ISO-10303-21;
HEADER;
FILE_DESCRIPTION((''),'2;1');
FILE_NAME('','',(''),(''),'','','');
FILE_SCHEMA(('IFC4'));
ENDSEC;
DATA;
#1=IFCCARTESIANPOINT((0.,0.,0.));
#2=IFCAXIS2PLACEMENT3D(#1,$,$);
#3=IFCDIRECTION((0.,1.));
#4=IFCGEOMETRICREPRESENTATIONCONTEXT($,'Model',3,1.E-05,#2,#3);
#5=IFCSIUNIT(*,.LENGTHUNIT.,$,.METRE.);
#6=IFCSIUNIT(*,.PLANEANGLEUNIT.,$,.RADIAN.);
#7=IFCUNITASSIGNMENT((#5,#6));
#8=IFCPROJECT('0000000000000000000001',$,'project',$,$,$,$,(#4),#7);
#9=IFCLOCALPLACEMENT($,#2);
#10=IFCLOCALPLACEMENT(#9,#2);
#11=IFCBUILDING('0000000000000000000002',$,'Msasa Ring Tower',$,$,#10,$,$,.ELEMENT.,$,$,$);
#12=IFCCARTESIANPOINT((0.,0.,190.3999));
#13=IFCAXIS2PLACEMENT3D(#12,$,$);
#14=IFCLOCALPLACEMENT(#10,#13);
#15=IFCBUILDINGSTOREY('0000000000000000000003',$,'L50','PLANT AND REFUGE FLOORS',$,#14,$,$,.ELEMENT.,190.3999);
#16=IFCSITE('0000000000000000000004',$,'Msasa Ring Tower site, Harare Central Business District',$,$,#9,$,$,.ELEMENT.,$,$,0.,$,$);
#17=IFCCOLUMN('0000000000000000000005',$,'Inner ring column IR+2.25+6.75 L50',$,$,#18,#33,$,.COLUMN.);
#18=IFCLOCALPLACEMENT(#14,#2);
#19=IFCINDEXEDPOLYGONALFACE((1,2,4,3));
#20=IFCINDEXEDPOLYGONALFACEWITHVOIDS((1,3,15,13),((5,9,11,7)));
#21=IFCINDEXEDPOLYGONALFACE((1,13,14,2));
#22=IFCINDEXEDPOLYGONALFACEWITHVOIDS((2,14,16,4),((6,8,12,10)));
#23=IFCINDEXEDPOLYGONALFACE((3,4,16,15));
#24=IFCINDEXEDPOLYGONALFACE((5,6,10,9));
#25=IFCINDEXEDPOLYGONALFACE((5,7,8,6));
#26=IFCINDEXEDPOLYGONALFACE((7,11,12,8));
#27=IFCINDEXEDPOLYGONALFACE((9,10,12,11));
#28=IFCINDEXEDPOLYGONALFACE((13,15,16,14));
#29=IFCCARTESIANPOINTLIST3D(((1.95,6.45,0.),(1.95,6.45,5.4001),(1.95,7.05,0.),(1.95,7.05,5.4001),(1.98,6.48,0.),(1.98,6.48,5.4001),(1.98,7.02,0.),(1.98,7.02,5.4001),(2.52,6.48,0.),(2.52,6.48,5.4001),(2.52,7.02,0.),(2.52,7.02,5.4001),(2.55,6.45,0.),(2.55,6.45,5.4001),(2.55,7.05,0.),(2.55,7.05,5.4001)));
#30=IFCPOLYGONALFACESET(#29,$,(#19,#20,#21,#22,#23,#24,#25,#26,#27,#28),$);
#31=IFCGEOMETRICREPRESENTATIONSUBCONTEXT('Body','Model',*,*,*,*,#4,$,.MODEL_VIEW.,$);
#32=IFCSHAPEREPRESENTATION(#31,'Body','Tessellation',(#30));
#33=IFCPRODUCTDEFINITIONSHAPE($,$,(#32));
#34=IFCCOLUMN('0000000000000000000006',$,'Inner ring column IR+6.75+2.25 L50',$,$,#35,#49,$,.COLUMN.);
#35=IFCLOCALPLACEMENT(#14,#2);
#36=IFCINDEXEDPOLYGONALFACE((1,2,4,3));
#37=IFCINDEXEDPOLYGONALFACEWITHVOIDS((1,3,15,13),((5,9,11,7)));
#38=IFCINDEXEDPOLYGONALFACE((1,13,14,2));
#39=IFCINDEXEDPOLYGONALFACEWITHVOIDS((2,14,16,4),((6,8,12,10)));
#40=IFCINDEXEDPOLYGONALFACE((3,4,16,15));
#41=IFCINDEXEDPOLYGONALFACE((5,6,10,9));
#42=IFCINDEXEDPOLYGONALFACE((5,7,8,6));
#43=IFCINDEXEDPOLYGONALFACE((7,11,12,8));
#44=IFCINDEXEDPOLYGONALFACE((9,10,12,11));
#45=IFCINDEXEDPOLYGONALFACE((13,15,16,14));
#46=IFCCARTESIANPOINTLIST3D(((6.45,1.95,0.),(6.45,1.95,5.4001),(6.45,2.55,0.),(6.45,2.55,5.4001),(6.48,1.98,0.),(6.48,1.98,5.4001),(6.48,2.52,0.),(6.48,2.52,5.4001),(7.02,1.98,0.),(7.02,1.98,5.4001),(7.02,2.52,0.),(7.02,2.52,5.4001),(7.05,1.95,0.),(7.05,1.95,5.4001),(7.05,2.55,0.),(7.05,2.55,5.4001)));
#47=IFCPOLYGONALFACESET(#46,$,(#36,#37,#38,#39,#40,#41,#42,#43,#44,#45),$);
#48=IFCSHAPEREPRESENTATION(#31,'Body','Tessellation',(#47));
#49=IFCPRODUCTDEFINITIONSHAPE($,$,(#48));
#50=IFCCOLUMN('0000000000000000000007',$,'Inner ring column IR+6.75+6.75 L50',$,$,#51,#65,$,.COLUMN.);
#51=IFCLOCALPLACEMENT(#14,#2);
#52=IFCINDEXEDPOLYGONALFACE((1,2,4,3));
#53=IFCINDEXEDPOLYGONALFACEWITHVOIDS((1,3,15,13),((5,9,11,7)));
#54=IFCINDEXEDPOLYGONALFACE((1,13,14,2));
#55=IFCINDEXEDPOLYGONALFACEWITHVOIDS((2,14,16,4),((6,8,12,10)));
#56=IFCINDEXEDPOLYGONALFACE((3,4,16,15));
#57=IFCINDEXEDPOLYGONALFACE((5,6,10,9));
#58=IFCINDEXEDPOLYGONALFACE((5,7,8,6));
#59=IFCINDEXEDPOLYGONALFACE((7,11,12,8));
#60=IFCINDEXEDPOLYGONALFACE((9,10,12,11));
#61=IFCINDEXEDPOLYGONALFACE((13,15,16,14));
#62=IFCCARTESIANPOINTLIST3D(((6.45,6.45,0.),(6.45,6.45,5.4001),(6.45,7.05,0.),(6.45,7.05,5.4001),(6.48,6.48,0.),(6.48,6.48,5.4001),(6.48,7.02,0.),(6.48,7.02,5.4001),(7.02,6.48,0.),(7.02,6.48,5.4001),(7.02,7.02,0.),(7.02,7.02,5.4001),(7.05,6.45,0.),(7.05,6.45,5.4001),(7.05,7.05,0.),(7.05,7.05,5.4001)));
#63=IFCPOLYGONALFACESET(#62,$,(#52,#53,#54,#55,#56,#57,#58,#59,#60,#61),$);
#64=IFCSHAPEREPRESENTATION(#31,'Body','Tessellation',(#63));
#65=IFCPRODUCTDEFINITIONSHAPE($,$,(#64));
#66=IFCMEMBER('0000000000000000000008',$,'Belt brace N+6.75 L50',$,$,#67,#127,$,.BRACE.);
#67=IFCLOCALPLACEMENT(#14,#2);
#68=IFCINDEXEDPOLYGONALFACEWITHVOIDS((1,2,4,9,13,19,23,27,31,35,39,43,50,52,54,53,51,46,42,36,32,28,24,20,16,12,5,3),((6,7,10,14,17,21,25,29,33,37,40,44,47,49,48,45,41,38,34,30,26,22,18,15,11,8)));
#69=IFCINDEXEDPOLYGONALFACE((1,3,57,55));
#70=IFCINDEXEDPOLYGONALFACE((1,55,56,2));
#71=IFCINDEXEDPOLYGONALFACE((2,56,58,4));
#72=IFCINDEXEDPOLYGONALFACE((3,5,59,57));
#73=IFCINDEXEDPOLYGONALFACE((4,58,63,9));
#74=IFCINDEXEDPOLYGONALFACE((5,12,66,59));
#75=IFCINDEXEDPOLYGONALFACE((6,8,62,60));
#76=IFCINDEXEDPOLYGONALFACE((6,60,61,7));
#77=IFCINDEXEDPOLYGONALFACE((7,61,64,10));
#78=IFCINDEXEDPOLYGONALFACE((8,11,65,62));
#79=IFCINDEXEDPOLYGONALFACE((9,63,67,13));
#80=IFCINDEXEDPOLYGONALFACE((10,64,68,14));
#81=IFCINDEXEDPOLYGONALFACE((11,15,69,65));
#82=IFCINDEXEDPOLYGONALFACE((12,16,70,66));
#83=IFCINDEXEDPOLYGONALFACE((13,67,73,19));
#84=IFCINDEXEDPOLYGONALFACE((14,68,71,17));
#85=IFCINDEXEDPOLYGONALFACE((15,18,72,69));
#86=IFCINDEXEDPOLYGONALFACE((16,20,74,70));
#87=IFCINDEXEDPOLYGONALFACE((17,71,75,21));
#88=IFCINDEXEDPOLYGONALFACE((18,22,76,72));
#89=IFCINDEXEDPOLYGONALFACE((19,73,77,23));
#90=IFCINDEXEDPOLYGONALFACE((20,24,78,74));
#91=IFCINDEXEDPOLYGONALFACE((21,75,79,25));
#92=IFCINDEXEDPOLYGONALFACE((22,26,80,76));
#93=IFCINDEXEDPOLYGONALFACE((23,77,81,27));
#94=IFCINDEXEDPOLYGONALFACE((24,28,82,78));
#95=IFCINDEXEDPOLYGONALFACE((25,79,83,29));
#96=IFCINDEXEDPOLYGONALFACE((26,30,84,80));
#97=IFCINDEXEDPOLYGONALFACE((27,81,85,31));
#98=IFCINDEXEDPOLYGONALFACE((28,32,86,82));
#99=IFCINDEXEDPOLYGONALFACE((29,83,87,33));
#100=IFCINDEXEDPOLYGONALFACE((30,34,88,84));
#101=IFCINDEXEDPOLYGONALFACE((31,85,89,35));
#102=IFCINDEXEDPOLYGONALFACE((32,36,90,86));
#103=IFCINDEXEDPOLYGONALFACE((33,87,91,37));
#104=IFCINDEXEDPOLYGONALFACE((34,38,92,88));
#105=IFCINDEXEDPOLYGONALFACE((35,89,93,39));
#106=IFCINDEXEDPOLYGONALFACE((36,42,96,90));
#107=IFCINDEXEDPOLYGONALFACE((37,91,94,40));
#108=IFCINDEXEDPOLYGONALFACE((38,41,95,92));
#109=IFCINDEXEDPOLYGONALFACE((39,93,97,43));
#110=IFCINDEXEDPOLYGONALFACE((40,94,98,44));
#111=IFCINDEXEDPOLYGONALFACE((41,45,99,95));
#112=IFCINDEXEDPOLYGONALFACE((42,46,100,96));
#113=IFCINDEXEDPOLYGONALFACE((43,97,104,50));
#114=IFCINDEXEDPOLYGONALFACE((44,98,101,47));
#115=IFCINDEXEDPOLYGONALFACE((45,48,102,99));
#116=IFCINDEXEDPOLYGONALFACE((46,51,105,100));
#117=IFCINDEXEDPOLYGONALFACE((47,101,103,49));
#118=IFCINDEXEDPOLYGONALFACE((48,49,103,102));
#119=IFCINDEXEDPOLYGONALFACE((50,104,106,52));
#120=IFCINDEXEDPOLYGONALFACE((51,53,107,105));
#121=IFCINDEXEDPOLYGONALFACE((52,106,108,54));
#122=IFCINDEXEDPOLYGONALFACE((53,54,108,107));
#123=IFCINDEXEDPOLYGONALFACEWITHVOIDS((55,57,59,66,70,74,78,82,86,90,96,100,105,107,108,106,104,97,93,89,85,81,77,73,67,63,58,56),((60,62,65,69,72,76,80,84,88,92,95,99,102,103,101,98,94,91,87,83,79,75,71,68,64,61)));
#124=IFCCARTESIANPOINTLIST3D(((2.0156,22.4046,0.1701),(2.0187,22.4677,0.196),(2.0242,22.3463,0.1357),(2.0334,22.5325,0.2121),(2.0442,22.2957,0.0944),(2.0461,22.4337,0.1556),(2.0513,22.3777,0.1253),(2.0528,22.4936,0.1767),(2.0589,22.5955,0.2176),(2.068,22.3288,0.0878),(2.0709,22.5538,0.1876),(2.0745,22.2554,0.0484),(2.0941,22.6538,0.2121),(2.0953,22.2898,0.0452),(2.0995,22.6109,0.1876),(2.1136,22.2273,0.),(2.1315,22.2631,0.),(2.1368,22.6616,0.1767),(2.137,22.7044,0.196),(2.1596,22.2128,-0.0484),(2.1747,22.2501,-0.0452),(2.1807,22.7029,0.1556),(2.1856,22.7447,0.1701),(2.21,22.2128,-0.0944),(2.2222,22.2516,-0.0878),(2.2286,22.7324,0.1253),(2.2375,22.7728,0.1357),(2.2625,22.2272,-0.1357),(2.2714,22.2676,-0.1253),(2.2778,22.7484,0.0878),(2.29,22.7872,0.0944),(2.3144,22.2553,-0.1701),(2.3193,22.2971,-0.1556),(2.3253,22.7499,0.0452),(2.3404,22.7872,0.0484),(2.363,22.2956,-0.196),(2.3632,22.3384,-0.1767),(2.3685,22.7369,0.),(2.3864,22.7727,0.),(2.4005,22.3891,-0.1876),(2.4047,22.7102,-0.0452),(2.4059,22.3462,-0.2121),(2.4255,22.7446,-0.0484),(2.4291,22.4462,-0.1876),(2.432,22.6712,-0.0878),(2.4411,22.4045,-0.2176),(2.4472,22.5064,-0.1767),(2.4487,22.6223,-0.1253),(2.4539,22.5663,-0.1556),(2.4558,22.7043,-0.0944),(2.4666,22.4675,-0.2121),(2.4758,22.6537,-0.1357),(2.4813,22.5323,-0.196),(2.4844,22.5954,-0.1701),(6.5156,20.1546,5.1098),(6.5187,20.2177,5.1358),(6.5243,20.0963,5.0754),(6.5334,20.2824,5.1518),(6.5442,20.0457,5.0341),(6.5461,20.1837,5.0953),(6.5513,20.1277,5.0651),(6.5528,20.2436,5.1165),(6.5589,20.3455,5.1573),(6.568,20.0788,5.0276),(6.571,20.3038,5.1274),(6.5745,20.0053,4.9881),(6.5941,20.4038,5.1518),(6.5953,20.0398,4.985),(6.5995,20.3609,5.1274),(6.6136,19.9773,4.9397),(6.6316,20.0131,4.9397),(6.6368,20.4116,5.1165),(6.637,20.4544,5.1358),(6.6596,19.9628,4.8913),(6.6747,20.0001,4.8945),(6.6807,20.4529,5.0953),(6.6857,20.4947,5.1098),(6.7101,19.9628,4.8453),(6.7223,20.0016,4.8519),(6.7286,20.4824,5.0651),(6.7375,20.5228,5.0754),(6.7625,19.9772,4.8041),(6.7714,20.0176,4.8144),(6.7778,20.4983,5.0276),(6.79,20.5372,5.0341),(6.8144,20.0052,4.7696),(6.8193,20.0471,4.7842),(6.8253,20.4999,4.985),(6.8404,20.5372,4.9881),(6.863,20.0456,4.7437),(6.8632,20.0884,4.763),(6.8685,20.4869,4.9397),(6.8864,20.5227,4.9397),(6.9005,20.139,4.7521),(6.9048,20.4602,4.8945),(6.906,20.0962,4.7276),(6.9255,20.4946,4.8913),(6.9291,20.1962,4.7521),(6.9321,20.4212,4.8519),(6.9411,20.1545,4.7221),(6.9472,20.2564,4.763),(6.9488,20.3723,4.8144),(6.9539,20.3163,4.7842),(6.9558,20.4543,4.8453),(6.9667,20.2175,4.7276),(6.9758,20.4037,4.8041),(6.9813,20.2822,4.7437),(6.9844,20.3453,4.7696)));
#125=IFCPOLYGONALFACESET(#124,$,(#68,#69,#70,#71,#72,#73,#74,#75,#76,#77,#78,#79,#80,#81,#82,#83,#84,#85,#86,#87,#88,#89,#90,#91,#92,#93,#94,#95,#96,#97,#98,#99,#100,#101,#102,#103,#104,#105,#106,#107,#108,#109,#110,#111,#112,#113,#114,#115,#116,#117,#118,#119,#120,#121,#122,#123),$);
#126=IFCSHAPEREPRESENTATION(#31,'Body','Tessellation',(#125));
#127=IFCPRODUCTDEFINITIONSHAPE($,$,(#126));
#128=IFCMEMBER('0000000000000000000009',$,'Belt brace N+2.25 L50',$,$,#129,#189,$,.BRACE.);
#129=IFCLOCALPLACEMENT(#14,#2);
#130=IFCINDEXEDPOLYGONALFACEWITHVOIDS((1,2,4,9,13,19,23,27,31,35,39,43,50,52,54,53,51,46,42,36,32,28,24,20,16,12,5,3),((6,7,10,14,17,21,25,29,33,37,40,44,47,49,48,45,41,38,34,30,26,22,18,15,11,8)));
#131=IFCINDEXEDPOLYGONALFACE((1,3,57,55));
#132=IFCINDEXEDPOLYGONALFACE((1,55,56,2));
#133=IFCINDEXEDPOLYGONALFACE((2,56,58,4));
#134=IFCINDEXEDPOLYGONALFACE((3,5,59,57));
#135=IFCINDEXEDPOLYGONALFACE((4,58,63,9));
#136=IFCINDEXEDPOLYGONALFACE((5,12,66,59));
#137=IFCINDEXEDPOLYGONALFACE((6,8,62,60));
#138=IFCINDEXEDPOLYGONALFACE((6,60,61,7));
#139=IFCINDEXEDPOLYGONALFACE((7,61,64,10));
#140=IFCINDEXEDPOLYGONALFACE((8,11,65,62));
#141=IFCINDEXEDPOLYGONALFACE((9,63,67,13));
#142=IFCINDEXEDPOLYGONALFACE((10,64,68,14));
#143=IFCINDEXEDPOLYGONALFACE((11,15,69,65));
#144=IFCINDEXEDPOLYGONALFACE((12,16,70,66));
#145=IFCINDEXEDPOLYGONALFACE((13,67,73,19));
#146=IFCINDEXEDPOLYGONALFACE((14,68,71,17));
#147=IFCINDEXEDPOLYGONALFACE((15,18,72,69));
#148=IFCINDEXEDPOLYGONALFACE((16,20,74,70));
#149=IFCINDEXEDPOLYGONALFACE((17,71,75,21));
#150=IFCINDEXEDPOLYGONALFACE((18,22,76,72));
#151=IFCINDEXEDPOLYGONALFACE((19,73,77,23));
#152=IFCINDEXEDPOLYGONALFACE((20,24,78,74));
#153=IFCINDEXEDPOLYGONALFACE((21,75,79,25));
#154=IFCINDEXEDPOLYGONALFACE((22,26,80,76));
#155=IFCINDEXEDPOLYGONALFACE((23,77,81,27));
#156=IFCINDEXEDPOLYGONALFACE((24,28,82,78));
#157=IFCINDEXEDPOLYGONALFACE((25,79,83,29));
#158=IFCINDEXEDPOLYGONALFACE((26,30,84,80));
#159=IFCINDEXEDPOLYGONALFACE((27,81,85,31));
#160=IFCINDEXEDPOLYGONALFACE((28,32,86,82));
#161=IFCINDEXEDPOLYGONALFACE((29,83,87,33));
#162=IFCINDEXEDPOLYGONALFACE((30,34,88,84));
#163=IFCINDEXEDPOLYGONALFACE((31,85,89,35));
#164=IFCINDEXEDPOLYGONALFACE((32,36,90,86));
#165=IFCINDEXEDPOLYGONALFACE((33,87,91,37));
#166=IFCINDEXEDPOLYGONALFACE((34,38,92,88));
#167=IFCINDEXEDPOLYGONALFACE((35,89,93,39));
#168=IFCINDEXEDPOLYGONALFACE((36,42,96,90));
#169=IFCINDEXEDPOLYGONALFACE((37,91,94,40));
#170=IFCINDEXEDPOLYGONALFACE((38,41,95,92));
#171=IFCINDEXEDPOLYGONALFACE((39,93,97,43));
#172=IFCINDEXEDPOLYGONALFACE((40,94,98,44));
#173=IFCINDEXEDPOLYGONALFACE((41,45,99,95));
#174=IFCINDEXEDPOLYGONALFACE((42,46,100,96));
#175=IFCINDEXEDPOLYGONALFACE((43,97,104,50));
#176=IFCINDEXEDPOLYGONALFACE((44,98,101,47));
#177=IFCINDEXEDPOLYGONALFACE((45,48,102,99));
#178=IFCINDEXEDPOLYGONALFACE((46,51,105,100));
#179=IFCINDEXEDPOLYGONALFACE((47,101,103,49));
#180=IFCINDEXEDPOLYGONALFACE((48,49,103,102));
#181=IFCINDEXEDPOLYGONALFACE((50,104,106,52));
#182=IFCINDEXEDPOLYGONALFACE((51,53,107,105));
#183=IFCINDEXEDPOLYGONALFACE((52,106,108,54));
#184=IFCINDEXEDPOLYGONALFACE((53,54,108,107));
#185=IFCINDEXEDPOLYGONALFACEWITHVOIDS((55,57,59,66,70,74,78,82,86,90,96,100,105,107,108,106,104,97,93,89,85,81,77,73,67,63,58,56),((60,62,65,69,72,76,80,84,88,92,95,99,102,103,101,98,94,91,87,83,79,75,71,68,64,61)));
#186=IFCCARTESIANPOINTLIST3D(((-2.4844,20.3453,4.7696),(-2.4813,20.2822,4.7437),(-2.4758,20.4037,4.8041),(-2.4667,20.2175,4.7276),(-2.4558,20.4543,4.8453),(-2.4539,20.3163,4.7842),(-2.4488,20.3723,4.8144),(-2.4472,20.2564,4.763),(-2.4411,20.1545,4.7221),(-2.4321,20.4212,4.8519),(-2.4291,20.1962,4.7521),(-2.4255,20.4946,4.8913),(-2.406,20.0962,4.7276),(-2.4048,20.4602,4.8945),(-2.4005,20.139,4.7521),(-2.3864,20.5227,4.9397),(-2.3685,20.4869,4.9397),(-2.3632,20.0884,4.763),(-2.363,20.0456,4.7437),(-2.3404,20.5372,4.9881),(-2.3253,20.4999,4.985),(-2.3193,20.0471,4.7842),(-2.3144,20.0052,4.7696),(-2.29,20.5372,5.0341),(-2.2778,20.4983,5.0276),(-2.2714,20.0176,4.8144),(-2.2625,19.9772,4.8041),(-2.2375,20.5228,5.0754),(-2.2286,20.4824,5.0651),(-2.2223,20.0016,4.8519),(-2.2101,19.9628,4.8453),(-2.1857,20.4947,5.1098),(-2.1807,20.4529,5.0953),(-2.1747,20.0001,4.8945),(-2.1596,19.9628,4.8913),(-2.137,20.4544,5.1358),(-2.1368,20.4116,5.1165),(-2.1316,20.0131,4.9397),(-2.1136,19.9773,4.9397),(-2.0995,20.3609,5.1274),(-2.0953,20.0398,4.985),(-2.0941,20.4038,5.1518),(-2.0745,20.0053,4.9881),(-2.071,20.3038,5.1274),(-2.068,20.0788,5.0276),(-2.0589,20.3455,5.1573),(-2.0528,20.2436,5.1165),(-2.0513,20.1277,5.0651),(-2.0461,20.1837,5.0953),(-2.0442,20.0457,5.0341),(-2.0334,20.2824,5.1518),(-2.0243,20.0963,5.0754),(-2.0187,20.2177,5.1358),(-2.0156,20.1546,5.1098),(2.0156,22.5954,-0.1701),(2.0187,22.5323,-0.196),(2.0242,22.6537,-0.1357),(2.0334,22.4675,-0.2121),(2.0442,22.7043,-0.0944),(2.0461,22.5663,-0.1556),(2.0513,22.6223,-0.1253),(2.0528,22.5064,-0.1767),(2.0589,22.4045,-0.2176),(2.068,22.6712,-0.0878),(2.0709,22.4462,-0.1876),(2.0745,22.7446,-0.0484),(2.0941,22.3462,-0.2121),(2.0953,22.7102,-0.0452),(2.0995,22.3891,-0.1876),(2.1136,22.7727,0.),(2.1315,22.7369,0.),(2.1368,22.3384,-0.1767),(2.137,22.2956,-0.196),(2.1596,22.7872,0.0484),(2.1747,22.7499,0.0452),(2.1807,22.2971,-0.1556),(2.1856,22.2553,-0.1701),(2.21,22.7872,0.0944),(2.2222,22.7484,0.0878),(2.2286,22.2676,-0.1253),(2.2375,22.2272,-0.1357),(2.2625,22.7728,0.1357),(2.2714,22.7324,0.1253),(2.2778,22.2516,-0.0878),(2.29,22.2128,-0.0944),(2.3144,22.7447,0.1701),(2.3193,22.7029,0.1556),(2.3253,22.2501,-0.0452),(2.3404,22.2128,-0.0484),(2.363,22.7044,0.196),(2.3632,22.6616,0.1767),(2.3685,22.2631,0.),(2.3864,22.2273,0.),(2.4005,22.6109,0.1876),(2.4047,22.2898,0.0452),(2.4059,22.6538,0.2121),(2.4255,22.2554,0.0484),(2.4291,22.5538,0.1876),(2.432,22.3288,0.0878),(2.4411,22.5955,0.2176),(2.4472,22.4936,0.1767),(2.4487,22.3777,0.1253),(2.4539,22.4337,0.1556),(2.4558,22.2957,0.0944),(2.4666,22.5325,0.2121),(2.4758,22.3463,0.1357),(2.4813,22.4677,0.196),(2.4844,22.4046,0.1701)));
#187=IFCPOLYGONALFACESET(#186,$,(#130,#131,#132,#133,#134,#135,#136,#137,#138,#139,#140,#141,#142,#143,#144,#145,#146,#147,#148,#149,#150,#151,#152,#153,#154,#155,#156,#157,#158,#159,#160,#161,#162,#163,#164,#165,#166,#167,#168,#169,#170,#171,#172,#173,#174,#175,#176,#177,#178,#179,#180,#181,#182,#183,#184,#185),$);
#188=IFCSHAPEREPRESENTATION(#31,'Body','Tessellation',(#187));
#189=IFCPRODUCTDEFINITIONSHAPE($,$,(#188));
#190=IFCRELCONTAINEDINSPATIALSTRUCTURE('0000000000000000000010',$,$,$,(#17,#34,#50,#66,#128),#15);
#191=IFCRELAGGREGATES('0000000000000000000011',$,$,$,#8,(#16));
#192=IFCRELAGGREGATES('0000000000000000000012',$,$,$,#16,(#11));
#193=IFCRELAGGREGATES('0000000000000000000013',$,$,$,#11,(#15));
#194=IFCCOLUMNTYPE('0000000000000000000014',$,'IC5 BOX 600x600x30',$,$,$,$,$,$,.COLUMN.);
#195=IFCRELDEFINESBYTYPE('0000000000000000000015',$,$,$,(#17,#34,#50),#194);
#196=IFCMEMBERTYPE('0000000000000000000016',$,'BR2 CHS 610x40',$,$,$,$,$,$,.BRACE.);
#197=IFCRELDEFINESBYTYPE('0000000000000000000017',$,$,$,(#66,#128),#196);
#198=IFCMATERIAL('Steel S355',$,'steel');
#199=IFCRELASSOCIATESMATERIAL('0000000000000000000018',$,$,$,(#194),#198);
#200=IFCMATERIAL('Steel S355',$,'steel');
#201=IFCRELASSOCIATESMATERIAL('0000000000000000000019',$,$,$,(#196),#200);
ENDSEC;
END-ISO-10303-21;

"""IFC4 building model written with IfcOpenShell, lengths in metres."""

from ifc_helpers import new_model, si_unit, direction, frame, origin, origin_2d, place, context, subcontext, project, spatial, hollow_rectangle, hollow_circle, extrude, material, material_profile, profile_set, type_object, element, save


model = new_model("IFC4")

# Units and contexts
model_context = context("Model", 3, precision=1e-05, world=origin(), true_north=direction((0.0, 1.0)))
body_context = subcontext(model_context, "Body", "Model", "MODEL_VIEW")
ifc_project = project(units=[si_unit("LENGTHUNIT", "METRE"), si_unit("PLANEANGLEUNIT", "RADIAN")], contexts=[model_context])

# Site, building, storey
site_placement = place(None, origin())
site = spatial("IfcSite", under=ifc_project, at=site_placement, Name="Msasa Ring Tower site, Harare Central Business District", CompositionType="ELEMENT", RefElevation=0.0)
building_placement = place(site_placement, origin())
building = spatial("IfcBuilding", under=site, at=building_placement, Name="Msasa Ring Tower", CompositionType="ELEMENT")
storey_placement = place(building_placement, frame((0.0, 0.0, 190.3999)))
storey = spatial("IfcBuildingStorey", under=building, at=storey_placement, Name="L50", Description="PLANT AND REFUGE FLOORS", CompositionType="ELEMENT", Elevation=190.3999)

# Columns
ifc_material_1 = material(Name="Steel S355", Category="steel")
ifc_material_profile_1 = material_profile(ifc_material_1, hollow_rectangle(XDim=0.6001, YDim=0.6001, WallThickness=0.03, at=origin_2d()), Name="BOX 600x600x30")
ifc_profile_set_1 = profile_set([ifc_material_profile_1], Name="Steel S355")
column_type_1 = type_object("IfcColumnType", Name="IC5 BOX 600x600x30", PredefinedType="COLUMN", material=ifc_profile_set_1)
for number, where, z_axis, x_axis, name in (
    (1, (2.25, 6.75, 0.0), (0.0, 0.0, 1.0), (1.0, 0.0, 0.0), "Inner ring column IR+2.25+6.75 L50"),
    (2, (6.75, 2.25, 0.0), (0.0, 0.0, 1.0), (1.0, 0.0, 0.0), "Inner ring column IR+6.75+2.25 L50"),
    (3, (6.75, 6.75, 0.0), (0.0, 0.0, 1.0), (1.0, 0.0, 0.0), "Inner ring column IR+6.75+6.75 L50"),
):
    element("IfcColumn", number, at=place(storey_placement, frame(where, z_axis=z_axis, x_axis=x_axis)), inside=storey, type_object=column_type_1, Name=name, PredefinedType="COLUMN", context=body_context, shape_type="SweptSolid", body=[
        extrude(hollow_rectangle(XDim=0.6001, YDim=0.6001, WallThickness=0.03, at=origin_2d()), origin(), (0.0, 0.0, 1.0), 5.4001),
    ])

# Members
ifc_material_2 = material(Name="Steel S355", Category="steel")
ifc_material_profile_2 = material_profile(ifc_material_2, hollow_circle(Radius=0.3049, WallThickness=0.04, at=origin_2d()), Name="CHS 610x40")
ifc_profile_set_2 = profile_set([ifc_material_profile_2], Name="Steel S355")
member_type = type_object("IfcMemberType", Name="BR2 CHS 610x40", PredefinedType="BRACE", material=ifc_profile_set_2)
for number, where, z_axis, x_axis, name in (
    (4, (2.25, 22.5, 0.0), (0.63823, -0.319115, 0.700592), (0.447214, 0.894427, 0.0), "Belt brace N+6.75 L50"),
    (5, (2.25, 22.5, 0.0), (-0.63823, -0.319115, 0.700592), (0.447214, -0.894427, 0.0), "Belt brace N+2.25 L50"),
):
    element("IfcMember", number, at=place(storey_placement, frame(where, z_axis=z_axis, x_axis=x_axis)), inside=storey, type_object=member_type, Name=name, PredefinedType="BRACE", context=body_context, shape_type="SweptSolid", body=[
        extrude(hollow_circle(Radius=0.3049, WallThickness=0.04, at=origin_2d()), origin(), (0.0, 0.0, 1.0), 7.0508),
    ])

save(model, "model.ifc")
